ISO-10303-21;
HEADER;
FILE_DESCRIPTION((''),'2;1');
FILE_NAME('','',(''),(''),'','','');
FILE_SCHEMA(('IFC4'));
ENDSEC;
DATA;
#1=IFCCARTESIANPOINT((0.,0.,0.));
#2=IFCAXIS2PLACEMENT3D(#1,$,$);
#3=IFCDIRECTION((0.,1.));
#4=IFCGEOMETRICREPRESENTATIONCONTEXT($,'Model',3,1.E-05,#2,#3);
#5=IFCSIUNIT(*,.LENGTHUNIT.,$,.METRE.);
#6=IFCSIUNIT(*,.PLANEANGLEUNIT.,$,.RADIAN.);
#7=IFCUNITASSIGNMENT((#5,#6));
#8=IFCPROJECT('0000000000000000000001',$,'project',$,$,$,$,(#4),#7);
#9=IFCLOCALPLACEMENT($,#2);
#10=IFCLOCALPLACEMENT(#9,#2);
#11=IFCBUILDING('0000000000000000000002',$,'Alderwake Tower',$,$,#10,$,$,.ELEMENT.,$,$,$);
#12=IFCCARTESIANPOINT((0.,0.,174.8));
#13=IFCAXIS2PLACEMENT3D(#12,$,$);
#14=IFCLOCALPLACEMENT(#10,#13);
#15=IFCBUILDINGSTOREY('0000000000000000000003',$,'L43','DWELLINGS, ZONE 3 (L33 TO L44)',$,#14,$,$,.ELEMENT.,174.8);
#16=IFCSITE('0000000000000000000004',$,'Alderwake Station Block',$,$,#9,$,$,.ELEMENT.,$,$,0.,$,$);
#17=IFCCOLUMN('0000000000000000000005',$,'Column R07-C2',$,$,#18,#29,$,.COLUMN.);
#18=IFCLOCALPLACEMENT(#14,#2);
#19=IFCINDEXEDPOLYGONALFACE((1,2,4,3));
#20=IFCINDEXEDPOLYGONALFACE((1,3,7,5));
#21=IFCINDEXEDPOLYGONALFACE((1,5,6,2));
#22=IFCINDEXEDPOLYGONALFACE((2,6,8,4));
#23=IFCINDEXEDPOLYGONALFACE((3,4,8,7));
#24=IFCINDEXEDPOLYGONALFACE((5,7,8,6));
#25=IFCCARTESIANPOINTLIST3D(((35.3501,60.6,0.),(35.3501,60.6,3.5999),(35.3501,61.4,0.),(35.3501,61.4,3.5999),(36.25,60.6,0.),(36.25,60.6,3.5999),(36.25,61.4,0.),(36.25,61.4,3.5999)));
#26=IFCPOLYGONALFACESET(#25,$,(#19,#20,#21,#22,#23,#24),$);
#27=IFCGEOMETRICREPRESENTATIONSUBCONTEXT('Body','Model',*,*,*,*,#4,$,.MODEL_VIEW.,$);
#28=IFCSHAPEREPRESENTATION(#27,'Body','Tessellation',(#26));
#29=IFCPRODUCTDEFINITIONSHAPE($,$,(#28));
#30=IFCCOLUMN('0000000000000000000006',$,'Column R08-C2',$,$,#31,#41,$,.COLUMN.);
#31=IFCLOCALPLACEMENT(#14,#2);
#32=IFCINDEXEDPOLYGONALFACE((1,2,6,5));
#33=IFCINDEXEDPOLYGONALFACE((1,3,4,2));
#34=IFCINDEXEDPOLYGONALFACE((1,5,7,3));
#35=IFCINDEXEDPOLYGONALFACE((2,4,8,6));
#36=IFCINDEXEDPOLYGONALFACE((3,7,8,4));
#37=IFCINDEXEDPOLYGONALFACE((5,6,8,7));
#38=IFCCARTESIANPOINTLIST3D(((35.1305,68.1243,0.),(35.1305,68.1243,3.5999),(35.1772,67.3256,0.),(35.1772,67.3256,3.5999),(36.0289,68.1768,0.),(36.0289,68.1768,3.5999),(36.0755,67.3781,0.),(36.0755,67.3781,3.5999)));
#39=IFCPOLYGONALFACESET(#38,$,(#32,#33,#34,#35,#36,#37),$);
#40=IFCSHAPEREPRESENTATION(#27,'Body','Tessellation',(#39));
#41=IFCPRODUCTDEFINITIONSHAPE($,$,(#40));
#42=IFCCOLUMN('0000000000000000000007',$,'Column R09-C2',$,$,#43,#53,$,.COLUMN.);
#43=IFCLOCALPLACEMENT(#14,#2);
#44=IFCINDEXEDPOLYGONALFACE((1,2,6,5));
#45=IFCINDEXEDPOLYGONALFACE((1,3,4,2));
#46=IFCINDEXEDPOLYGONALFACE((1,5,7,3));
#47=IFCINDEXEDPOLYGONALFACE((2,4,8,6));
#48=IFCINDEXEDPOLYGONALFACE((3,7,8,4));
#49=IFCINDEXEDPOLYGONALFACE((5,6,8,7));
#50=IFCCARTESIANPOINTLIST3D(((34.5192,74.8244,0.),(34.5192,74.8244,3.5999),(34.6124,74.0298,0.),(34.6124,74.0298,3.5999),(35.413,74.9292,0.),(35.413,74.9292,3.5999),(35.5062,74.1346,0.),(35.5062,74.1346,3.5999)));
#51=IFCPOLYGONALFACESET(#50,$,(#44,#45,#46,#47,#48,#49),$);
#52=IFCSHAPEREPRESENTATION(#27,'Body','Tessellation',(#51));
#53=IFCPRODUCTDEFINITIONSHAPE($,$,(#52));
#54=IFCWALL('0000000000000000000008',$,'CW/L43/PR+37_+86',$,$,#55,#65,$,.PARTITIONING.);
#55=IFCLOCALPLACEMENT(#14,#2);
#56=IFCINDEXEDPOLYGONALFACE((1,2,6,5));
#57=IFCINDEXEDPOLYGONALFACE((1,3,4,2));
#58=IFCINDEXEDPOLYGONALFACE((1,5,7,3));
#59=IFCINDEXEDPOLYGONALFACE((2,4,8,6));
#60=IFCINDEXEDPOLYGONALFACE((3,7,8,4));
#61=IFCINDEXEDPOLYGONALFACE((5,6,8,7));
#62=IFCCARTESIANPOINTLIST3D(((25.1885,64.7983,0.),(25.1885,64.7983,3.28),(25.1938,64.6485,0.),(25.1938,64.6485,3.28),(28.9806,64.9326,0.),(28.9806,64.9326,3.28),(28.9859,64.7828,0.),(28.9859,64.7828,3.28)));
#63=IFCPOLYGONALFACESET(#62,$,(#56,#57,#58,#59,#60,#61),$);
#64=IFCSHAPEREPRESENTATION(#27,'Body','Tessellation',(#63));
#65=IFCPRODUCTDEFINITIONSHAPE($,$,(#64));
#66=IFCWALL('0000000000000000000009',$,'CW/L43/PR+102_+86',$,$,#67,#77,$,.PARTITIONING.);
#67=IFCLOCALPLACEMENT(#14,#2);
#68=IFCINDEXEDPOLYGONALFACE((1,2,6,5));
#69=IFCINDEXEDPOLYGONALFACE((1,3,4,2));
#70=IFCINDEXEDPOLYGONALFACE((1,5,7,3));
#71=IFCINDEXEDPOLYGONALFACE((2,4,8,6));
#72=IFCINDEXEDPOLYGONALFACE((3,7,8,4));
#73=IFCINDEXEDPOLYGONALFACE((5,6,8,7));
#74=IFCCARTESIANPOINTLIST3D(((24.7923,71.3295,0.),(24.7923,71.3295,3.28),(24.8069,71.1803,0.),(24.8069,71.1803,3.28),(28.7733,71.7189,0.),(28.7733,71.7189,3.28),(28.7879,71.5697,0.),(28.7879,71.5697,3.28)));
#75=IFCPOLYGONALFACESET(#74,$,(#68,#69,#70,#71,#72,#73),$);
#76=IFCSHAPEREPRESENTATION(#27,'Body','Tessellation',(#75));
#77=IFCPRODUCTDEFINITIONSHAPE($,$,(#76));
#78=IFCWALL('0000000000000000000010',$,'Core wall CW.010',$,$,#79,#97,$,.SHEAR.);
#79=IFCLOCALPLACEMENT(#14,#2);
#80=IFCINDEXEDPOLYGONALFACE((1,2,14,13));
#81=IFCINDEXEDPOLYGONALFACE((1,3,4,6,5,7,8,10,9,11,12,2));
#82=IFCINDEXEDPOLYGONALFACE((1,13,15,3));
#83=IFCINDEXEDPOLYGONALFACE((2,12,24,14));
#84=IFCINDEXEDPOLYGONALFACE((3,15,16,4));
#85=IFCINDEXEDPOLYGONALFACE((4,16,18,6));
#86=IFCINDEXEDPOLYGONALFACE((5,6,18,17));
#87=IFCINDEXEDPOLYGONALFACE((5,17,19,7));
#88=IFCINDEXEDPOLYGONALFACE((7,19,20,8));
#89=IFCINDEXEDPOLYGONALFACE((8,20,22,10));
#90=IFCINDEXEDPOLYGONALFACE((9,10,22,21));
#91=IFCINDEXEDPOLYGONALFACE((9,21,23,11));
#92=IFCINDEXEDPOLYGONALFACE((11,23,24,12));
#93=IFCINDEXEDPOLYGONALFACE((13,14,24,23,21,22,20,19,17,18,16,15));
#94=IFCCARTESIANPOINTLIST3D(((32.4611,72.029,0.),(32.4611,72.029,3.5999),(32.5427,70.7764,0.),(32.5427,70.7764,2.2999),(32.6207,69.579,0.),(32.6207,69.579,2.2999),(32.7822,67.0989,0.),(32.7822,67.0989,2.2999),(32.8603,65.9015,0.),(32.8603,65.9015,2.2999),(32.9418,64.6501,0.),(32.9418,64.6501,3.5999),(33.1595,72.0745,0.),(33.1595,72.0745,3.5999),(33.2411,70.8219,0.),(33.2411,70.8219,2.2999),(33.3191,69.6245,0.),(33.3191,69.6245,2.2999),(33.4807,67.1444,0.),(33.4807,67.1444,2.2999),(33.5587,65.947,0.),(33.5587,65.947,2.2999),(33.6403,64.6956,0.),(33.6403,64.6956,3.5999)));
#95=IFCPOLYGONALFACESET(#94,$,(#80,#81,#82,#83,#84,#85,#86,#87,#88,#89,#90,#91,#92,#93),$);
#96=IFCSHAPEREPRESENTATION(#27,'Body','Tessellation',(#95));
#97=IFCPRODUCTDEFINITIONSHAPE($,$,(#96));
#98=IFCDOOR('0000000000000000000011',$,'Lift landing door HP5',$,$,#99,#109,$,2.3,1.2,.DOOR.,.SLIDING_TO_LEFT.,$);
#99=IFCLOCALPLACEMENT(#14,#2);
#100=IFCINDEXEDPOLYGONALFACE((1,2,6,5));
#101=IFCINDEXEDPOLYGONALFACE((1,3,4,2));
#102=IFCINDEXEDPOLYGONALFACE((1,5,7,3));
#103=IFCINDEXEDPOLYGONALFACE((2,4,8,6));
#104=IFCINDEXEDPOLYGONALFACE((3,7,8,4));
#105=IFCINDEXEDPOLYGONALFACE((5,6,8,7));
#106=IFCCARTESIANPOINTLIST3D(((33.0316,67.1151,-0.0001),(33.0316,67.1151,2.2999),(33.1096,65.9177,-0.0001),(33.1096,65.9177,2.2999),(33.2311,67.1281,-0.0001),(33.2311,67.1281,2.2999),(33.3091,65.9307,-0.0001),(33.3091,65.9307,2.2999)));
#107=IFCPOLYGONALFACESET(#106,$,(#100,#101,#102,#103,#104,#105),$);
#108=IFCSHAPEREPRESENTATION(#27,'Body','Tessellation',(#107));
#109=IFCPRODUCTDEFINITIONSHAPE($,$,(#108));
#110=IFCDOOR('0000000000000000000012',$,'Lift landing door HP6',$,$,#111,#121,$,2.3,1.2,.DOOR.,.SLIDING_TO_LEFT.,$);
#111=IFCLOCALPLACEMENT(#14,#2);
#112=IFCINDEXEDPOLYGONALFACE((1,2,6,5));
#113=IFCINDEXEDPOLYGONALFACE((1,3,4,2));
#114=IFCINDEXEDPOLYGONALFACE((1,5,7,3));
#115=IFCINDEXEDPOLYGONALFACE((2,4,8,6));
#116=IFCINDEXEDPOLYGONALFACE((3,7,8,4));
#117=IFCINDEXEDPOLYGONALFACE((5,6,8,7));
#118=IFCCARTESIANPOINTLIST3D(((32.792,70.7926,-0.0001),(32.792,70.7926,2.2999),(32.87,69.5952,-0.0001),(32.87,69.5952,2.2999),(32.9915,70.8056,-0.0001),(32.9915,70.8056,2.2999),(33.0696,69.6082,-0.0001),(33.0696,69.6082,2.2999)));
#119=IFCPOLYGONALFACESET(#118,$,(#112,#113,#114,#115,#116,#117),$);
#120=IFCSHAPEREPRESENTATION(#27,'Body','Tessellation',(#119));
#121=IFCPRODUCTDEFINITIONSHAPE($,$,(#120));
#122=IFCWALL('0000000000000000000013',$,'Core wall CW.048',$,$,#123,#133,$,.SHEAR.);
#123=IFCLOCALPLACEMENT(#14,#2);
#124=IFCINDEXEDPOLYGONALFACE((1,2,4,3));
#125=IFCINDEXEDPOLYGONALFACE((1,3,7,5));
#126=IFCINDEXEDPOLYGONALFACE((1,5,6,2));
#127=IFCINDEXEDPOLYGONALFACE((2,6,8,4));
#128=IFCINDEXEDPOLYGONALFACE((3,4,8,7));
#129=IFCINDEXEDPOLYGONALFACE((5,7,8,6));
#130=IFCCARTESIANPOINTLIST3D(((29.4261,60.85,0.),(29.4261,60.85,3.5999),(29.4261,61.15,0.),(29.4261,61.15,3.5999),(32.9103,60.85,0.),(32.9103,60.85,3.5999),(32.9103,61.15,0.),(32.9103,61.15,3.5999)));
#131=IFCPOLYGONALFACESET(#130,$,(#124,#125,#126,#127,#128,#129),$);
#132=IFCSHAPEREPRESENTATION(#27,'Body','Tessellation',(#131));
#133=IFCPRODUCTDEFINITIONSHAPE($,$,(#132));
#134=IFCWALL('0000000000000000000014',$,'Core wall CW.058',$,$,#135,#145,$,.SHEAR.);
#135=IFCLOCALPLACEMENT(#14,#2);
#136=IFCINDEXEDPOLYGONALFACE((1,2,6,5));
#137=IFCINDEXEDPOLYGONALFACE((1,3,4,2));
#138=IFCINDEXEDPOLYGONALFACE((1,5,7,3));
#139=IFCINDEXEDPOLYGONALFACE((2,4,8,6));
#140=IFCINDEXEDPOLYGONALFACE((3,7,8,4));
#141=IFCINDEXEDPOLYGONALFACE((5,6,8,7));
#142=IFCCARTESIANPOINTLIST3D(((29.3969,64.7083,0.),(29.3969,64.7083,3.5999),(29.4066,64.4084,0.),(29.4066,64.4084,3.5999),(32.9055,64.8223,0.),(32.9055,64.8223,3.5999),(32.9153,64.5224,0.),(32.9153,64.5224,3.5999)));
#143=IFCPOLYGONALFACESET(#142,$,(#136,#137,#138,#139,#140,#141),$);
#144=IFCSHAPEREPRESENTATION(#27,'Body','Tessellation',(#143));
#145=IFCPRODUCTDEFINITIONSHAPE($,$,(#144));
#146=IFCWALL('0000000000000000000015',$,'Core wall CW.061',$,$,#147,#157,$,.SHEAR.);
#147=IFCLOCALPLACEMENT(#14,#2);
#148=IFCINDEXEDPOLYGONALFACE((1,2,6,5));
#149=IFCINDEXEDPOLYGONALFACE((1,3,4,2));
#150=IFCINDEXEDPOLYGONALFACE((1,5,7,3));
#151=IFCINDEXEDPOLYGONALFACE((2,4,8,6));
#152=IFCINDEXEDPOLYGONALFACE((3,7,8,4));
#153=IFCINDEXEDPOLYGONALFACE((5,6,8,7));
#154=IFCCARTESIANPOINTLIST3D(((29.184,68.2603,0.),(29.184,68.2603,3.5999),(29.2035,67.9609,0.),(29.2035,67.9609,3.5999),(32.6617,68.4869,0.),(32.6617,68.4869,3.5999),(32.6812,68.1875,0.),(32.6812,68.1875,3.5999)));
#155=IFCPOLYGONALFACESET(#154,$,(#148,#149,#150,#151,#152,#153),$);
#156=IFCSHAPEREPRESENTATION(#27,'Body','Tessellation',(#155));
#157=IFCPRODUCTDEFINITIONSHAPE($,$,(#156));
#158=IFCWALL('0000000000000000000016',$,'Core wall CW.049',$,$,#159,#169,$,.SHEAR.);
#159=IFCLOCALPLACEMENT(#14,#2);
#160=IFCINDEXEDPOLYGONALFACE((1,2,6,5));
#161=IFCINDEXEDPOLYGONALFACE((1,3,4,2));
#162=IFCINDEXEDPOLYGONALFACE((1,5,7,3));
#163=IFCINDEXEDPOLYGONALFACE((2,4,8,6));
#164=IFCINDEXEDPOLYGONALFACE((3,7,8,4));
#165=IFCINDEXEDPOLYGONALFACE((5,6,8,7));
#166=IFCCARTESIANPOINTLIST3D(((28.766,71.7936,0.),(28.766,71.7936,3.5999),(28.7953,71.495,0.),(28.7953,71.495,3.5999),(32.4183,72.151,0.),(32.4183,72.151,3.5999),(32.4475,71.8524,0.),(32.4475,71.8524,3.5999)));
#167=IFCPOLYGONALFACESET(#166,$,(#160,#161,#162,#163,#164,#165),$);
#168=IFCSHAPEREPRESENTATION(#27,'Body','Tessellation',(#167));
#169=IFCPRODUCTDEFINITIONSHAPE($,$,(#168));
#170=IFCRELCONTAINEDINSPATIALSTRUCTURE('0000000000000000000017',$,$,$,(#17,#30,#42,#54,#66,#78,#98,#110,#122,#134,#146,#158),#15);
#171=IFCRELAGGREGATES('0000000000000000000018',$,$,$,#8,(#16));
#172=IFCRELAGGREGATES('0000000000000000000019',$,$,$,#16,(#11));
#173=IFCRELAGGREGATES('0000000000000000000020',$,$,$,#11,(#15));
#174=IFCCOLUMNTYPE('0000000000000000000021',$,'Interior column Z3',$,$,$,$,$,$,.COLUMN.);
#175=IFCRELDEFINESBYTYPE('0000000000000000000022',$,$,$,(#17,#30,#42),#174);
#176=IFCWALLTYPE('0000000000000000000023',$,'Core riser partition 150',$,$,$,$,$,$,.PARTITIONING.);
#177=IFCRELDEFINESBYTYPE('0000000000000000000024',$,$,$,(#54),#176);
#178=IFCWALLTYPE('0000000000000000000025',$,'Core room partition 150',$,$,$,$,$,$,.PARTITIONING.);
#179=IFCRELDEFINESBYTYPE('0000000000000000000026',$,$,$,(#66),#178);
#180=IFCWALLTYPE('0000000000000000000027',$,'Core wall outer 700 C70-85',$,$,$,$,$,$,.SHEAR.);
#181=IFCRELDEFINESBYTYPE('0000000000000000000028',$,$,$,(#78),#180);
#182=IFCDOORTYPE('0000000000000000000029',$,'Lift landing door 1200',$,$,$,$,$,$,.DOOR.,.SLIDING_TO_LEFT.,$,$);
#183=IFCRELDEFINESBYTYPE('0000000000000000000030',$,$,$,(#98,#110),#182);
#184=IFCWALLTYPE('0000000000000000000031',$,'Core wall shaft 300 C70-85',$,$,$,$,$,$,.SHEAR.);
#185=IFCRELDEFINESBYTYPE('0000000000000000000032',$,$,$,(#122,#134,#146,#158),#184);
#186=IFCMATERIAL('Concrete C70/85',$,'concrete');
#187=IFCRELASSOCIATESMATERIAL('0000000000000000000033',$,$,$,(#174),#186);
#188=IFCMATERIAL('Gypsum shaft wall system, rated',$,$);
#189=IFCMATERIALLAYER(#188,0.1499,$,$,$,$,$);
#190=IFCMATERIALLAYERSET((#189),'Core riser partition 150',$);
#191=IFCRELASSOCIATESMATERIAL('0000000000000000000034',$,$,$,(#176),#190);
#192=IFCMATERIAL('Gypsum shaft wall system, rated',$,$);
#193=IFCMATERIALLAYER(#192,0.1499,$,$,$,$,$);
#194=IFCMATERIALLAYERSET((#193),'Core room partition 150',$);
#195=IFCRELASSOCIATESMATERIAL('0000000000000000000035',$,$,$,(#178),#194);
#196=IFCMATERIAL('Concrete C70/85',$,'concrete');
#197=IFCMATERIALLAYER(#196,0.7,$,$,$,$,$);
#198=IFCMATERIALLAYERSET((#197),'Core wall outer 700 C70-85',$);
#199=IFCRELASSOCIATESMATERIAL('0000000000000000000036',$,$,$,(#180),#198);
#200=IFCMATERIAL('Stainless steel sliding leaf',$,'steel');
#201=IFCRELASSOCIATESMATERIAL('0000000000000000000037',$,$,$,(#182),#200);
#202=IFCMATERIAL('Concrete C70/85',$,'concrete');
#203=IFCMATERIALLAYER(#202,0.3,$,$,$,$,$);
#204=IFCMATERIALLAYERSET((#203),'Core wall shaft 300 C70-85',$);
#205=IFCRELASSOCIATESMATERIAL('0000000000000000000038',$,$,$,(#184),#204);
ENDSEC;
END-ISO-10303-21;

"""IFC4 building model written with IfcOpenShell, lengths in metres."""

from ifc_helpers import new_model, si_unit, direction, frame, frame_2d, origin, origin_2d, place, context, subcontext, project, spatial, rectangle, extrude, material, layer, layer_set, material_profile, profile_set, type_object, element, fill, save


model = new_model("IFC4")

# Units and contexts
model_context = context("Model", 3, precision=1e-05, world=origin(), true_north=direction((0.0, 1.0)))
body_context = subcontext(model_context, "Body", "Model", "MODEL_VIEW")
ifc_project = project(units=[si_unit("LENGTHUNIT", "METRE"), si_unit("PLANEANGLEUNIT", "RADIAN")], contexts=[model_context])

# Site, building, storey
site_placement = place(None, origin())
site = spatial("IfcSite", under=ifc_project, at=site_placement, Name="Alderwake Station Block", CompositionType="ELEMENT", RefElevation=0.0)
building_placement = place(site_placement, origin())
building = spatial("IfcBuilding", under=site, at=building_placement, Name="Alderwake Tower", CompositionType="ELEMENT")
storey_placement = place(building_placement, frame((0.0, 0.0, 174.8)))
storey = spatial("IfcBuildingStorey", under=building, at=storey_placement, Name="L43", Description="DWELLINGS, ZONE 3 (L33 TO L44)", CompositionType="ELEMENT", Elevation=174.8)

# Columns
ifc_material_1 = material(Name="Concrete C70/85", Category="concrete")
ifc_material_profile = material_profile(ifc_material_1, rectangle(XDim=0.8, YDim=0.8999, at=origin_2d()), Name="RC 900X800")
ifc_profile_set = profile_set([ifc_material_profile], Name="Concrete C70/85")
column_type = type_object("IfcColumnType", Name="Interior column Z3", PredefinedType="COLUMN", material=ifc_profile_set)
for number, where, z_axis, x_axis, name in (
    (1, (35.8, 61.0, 0.0), (0.0, 0.0, 1.0), (0.0, 1.0, 0.0), "Column R07-C2"),
    (2, (35.603, 67.7512, 0.0), (0.0, 0.0, 1.0), (-0.058301, 0.998299, 0.0), "Column R08-C2"),
    (3, (35.0127, 74.4795, 0.0), (0.0, 0.0, 1.0), (-0.116402, 0.993202, 0.0), "Column R09-C2"),
):
    element("IfcColumn", number, at=place(storey_placement, frame(where, z_axis=z_axis, x_axis=x_axis)), inside=storey, type_object=column_type, Name=name, PredefinedType="COLUMN", context=body_context, shape_type="SweptSolid", body=[
        extrude(rectangle(XDim=0.8, YDim=0.8999, at=origin_2d()), origin(), (0.0, 0.0, 1.0), 3.5999),
    ])

# Walls
ifc_material_2 = material(Name="Gypsum shaft wall system, rated")
ifc_layer_1 = layer(ifc_material_2, 0.1499)
ifc_layer_set_1 = layer_set([ifc_layer_1], Name="Core riser partition 150")
wall_type_1 = type_object("IfcWallType", Name="Core riser partition 150", PredefinedType="PARTITIONING", material=ifc_layer_set_1)
wall_1_placement = place(storey_placement, frame((25.1912, 64.7234, 0.0), z_axis=(0.0, 0.0, 1.0), x_axis=(0.999374, 0.035389, 0.0)))
element("IfcWall", 4, at=wall_1_placement, inside=storey, type_object=wall_type_1, Name="CW/L43/PR+37_+86", PredefinedType="PARTITIONING", context=body_context, shape_type="SweptSolid", body=[
    extrude(rectangle(XDim=3.7944, YDim=0.1499, at=frame_2d((1.8972, 0.0))), origin(), (0.0, 0.0, 1.0), 3.28),
])
ifc_material_3 = material(Name="Gypsum shaft wall system, rated")
ifc_layer_2 = layer(ifc_material_3, 0.1499)
ifc_layer_set_2 = layer_set([ifc_layer_2], Name="Core room partition 150")
wall_type_2 = type_object("IfcWallType", Name="Core room partition 150", PredefinedType="PARTITIONING", material=ifc_layer_set_2)
wall_2_placement = place(storey_placement, frame((24.7996, 71.2549, 0.0), z_axis=(0.0, 0.0, 1.0), x_axis=(0.99525, 0.097352, 0.0)))
element("IfcWall", 5, at=wall_2_placement, inside=storey, type_object=wall_type_2, Name="CW/L43/PR+102_+86", PredefinedType="PARTITIONING", context=body_context, shape_type="SweptSolid", body=[
    extrude(rectangle(XDim=4.0, YDim=0.1499, at=frame_2d((2.0, 0.0))), origin(), (0.0, 0.0, 1.0), 3.28),
])

# Wall, openings, doors
ifc_material_4 = material(Name="Concrete C70/85", Category="concrete")
ifc_layer_3 = layer(ifc_material_4, 0.7)
ifc_layer_set_3 = layer_set([ifc_layer_3], Name="Core wall outer 700 C70-85")
wall_type_3 = type_object("IfcWallType", Name="Core wall outer 700 C70-85", PredefinedType="SHEAR", material=ifc_layer_set_3)
wall_3_placement = place(storey_placement, frame((33.291, 64.6729, 0.0), z_axis=(0.0, 0.0, 1.0), x_axis=(-0.065009, 0.997885, 0.0)))
wall_3 = element("IfcWall", 6, at=wall_3_placement, inside=storey, type_object=wall_type_3, Name="Core wall CW.010", PredefinedType="SHEAR", context=body_context, shape_type="SweptSolid", body=[
    extrude(rectangle(XDim=7.3945, YDim=0.7, at=frame_2d((3.6973, 0.0))), origin(), (0.0, 0.0, 1.0), 3.5999),
])
opening_1_placement = place(wall_3_placement, frame((1.2539, 0.0, 0.0)))
opening_1 = element("IfcOpeningElement", 7, at=opening_1_placement, cuts=wall_3, PredefinedType="OPENING", context=body_context, shape_type="SweptSolid", body=[
    extrude(rectangle(XDim=1.2, YDim=2.3, at=frame_2d((0.6001, 1.1499))), frame((0.0, 0.3599, 0.0), z_axis=(0.0, -1.0, 0.0), x_axis=(1.0, 0.0, 0.0)), (0.0, 0.0, 1.0), 0.72),
])
opening_2_placement = place(wall_3_placement, frame((4.9392, 0.0, 0.0)))
opening_2 = element("IfcOpeningElement", 8, at=opening_2_placement, cuts=wall_3, PredefinedType="OPENING", context=body_context, shape_type="SweptSolid", body=[
    extrude(rectangle(XDim=1.2, YDim=2.3, at=frame_2d((0.6001, 1.1499))), frame((0.0, 0.3599, 0.0), z_axis=(0.0, -1.0, 0.0), x_axis=(1.0, 0.0, 0.0)), (0.0, 0.0, 1.0), 0.72),
])
ifc_material_5 = material(Name="Stainless steel sliding leaf", Category="steel")
door_type_1 = type_object("IfcDoorType", Name="Lift landing door 1200", OperationType="SLIDING_TO_LEFT", PredefinedType="DOOR", material=ifc_material_5)
door_1_placement = place(opening_1_placement, origin())
door_1 = element("IfcDoor", 9, at=door_1_placement, inside=storey, type_object=door_type_1, Name="Lift landing door HP5", OperationType="SLIDING_TO_LEFT", OverallHeight=2.3, OverallWidth=1.2, PredefinedType="DOOR", context=body_context, shape_type="SweptSolid", body=[
    extrude(rectangle(XDim=1.2, YDim=2.3, at=frame_2d((0.6001, 1.1499))), frame((0.0, 0.1001, 0.0), z_axis=(0.0, -1.0, 0.0), x_axis=(1.0, 0.0, 0.0)), (0.0, 0.0, 1.0), 0.2),
])
fill(opening_1, door_1)
door_2_placement = place(opening_2_placement, origin())
door_2 = element("IfcDoor", 10, at=door_2_placement, inside=storey, type_object=door_type_1, Name="Lift landing door HP6", OperationType="SLIDING_TO_LEFT", OverallHeight=2.3, OverallWidth=1.2, PredefinedType="DOOR", context=body_context, shape_type="SweptSolid", body=[
    extrude(rectangle(XDim=1.2, YDim=2.3, at=frame_2d((0.6001, 1.1499))), frame((0.0, 0.1001, 0.0), z_axis=(0.0, -1.0, 0.0), x_axis=(1.0, 0.0, 0.0)), (0.0, 0.0, 1.0), 0.2),
])
fill(opening_2, door_2)

# Walls
ifc_material_6 = material(Name="Concrete C70/85", Category="concrete")
ifc_layer_4 = layer(ifc_material_6, 0.3)
ifc_layer_set_4 = layer_set([ifc_layer_4], Name="Core wall shaft 300 C70-85")
wall_type_4 = type_object("IfcWallType", Name="Core wall shaft 300 C70-85", PredefinedType="SHEAR", material=ifc_layer_set_4)
wall_4_placement = place(storey_placement, frame((29.426, 61.0, 0.0), z_axis=(0.0, 0.0, 1.0), x_axis=(1.0, 0.0, 0.0)))
element("IfcWall", 11, at=wall_4_placement, inside=storey, type_object=wall_type_4, Name="Core wall CW.048", PredefinedType="SHEAR", context=body_context, shape_type="SweptSolid", body=[
    extrude(rectangle(XDim=3.4841, YDim=0.3, at=frame_2d((1.7422, 0.0))), origin(), (0.0, 0.0, 1.0), 3.5999),
])
wall_5_placement = place(storey_placement, frame((29.4016, 64.5583, 0.0), z_axis=(0.0, 0.0, 1.0), x_axis=(0.999472, 0.032479, 0.0)))
element("IfcWall", 12, at=wall_5_placement, inside=storey, type_object=wall_type_4, Name="Core wall CW.058", PredefinedType="SHEAR", context=body_context, shape_type="SweptSolid", body=[
    extrude(rectangle(XDim=3.5105, YDim=0.3, at=frame_2d((1.7554, 0.0))), origin(), (0.0, 0.0, 1.0), 3.5999),
])
wall_6_placement = place(storey_placement, frame((29.1936, 68.1106, 0.0), z_axis=(0.0, 0.0, 1.0), x_axis=(0.997885, 0.065008, 0.0)))
element("IfcWall", 13, at=wall_6_placement, inside=storey, type_object=wall_type_4, Name="Core wall CW.061", PredefinedType="SHEAR", context=body_context, shape_type="SweptSolid", body=[
    extrude(rectangle(XDim=3.4851, YDim=0.3, at=frame_2d((1.7427, 0.0))), origin(), (0.0, 0.0, 1.0), 3.5999),
])
wall_7_placement = place(storey_placement, frame((28.7805, 71.6443, 0.0), z_axis=(0.0, 0.0, 1.0), x_axis=(0.995246, 0.097396, 0.0)))
element("IfcWall", 14, at=wall_7_placement, inside=storey, type_object=wall_type_4, Name="Core wall CW.049", PredefinedType="SHEAR", context=body_context, shape_type="SweptSolid", body=[
    extrude(rectangle(XDim=3.6697, YDim=0.3, at=frame_2d((1.835, 0.0))), origin(), (0.0, 0.0, 1.0), 3.5999),
])

save(model, "model.ifc")
